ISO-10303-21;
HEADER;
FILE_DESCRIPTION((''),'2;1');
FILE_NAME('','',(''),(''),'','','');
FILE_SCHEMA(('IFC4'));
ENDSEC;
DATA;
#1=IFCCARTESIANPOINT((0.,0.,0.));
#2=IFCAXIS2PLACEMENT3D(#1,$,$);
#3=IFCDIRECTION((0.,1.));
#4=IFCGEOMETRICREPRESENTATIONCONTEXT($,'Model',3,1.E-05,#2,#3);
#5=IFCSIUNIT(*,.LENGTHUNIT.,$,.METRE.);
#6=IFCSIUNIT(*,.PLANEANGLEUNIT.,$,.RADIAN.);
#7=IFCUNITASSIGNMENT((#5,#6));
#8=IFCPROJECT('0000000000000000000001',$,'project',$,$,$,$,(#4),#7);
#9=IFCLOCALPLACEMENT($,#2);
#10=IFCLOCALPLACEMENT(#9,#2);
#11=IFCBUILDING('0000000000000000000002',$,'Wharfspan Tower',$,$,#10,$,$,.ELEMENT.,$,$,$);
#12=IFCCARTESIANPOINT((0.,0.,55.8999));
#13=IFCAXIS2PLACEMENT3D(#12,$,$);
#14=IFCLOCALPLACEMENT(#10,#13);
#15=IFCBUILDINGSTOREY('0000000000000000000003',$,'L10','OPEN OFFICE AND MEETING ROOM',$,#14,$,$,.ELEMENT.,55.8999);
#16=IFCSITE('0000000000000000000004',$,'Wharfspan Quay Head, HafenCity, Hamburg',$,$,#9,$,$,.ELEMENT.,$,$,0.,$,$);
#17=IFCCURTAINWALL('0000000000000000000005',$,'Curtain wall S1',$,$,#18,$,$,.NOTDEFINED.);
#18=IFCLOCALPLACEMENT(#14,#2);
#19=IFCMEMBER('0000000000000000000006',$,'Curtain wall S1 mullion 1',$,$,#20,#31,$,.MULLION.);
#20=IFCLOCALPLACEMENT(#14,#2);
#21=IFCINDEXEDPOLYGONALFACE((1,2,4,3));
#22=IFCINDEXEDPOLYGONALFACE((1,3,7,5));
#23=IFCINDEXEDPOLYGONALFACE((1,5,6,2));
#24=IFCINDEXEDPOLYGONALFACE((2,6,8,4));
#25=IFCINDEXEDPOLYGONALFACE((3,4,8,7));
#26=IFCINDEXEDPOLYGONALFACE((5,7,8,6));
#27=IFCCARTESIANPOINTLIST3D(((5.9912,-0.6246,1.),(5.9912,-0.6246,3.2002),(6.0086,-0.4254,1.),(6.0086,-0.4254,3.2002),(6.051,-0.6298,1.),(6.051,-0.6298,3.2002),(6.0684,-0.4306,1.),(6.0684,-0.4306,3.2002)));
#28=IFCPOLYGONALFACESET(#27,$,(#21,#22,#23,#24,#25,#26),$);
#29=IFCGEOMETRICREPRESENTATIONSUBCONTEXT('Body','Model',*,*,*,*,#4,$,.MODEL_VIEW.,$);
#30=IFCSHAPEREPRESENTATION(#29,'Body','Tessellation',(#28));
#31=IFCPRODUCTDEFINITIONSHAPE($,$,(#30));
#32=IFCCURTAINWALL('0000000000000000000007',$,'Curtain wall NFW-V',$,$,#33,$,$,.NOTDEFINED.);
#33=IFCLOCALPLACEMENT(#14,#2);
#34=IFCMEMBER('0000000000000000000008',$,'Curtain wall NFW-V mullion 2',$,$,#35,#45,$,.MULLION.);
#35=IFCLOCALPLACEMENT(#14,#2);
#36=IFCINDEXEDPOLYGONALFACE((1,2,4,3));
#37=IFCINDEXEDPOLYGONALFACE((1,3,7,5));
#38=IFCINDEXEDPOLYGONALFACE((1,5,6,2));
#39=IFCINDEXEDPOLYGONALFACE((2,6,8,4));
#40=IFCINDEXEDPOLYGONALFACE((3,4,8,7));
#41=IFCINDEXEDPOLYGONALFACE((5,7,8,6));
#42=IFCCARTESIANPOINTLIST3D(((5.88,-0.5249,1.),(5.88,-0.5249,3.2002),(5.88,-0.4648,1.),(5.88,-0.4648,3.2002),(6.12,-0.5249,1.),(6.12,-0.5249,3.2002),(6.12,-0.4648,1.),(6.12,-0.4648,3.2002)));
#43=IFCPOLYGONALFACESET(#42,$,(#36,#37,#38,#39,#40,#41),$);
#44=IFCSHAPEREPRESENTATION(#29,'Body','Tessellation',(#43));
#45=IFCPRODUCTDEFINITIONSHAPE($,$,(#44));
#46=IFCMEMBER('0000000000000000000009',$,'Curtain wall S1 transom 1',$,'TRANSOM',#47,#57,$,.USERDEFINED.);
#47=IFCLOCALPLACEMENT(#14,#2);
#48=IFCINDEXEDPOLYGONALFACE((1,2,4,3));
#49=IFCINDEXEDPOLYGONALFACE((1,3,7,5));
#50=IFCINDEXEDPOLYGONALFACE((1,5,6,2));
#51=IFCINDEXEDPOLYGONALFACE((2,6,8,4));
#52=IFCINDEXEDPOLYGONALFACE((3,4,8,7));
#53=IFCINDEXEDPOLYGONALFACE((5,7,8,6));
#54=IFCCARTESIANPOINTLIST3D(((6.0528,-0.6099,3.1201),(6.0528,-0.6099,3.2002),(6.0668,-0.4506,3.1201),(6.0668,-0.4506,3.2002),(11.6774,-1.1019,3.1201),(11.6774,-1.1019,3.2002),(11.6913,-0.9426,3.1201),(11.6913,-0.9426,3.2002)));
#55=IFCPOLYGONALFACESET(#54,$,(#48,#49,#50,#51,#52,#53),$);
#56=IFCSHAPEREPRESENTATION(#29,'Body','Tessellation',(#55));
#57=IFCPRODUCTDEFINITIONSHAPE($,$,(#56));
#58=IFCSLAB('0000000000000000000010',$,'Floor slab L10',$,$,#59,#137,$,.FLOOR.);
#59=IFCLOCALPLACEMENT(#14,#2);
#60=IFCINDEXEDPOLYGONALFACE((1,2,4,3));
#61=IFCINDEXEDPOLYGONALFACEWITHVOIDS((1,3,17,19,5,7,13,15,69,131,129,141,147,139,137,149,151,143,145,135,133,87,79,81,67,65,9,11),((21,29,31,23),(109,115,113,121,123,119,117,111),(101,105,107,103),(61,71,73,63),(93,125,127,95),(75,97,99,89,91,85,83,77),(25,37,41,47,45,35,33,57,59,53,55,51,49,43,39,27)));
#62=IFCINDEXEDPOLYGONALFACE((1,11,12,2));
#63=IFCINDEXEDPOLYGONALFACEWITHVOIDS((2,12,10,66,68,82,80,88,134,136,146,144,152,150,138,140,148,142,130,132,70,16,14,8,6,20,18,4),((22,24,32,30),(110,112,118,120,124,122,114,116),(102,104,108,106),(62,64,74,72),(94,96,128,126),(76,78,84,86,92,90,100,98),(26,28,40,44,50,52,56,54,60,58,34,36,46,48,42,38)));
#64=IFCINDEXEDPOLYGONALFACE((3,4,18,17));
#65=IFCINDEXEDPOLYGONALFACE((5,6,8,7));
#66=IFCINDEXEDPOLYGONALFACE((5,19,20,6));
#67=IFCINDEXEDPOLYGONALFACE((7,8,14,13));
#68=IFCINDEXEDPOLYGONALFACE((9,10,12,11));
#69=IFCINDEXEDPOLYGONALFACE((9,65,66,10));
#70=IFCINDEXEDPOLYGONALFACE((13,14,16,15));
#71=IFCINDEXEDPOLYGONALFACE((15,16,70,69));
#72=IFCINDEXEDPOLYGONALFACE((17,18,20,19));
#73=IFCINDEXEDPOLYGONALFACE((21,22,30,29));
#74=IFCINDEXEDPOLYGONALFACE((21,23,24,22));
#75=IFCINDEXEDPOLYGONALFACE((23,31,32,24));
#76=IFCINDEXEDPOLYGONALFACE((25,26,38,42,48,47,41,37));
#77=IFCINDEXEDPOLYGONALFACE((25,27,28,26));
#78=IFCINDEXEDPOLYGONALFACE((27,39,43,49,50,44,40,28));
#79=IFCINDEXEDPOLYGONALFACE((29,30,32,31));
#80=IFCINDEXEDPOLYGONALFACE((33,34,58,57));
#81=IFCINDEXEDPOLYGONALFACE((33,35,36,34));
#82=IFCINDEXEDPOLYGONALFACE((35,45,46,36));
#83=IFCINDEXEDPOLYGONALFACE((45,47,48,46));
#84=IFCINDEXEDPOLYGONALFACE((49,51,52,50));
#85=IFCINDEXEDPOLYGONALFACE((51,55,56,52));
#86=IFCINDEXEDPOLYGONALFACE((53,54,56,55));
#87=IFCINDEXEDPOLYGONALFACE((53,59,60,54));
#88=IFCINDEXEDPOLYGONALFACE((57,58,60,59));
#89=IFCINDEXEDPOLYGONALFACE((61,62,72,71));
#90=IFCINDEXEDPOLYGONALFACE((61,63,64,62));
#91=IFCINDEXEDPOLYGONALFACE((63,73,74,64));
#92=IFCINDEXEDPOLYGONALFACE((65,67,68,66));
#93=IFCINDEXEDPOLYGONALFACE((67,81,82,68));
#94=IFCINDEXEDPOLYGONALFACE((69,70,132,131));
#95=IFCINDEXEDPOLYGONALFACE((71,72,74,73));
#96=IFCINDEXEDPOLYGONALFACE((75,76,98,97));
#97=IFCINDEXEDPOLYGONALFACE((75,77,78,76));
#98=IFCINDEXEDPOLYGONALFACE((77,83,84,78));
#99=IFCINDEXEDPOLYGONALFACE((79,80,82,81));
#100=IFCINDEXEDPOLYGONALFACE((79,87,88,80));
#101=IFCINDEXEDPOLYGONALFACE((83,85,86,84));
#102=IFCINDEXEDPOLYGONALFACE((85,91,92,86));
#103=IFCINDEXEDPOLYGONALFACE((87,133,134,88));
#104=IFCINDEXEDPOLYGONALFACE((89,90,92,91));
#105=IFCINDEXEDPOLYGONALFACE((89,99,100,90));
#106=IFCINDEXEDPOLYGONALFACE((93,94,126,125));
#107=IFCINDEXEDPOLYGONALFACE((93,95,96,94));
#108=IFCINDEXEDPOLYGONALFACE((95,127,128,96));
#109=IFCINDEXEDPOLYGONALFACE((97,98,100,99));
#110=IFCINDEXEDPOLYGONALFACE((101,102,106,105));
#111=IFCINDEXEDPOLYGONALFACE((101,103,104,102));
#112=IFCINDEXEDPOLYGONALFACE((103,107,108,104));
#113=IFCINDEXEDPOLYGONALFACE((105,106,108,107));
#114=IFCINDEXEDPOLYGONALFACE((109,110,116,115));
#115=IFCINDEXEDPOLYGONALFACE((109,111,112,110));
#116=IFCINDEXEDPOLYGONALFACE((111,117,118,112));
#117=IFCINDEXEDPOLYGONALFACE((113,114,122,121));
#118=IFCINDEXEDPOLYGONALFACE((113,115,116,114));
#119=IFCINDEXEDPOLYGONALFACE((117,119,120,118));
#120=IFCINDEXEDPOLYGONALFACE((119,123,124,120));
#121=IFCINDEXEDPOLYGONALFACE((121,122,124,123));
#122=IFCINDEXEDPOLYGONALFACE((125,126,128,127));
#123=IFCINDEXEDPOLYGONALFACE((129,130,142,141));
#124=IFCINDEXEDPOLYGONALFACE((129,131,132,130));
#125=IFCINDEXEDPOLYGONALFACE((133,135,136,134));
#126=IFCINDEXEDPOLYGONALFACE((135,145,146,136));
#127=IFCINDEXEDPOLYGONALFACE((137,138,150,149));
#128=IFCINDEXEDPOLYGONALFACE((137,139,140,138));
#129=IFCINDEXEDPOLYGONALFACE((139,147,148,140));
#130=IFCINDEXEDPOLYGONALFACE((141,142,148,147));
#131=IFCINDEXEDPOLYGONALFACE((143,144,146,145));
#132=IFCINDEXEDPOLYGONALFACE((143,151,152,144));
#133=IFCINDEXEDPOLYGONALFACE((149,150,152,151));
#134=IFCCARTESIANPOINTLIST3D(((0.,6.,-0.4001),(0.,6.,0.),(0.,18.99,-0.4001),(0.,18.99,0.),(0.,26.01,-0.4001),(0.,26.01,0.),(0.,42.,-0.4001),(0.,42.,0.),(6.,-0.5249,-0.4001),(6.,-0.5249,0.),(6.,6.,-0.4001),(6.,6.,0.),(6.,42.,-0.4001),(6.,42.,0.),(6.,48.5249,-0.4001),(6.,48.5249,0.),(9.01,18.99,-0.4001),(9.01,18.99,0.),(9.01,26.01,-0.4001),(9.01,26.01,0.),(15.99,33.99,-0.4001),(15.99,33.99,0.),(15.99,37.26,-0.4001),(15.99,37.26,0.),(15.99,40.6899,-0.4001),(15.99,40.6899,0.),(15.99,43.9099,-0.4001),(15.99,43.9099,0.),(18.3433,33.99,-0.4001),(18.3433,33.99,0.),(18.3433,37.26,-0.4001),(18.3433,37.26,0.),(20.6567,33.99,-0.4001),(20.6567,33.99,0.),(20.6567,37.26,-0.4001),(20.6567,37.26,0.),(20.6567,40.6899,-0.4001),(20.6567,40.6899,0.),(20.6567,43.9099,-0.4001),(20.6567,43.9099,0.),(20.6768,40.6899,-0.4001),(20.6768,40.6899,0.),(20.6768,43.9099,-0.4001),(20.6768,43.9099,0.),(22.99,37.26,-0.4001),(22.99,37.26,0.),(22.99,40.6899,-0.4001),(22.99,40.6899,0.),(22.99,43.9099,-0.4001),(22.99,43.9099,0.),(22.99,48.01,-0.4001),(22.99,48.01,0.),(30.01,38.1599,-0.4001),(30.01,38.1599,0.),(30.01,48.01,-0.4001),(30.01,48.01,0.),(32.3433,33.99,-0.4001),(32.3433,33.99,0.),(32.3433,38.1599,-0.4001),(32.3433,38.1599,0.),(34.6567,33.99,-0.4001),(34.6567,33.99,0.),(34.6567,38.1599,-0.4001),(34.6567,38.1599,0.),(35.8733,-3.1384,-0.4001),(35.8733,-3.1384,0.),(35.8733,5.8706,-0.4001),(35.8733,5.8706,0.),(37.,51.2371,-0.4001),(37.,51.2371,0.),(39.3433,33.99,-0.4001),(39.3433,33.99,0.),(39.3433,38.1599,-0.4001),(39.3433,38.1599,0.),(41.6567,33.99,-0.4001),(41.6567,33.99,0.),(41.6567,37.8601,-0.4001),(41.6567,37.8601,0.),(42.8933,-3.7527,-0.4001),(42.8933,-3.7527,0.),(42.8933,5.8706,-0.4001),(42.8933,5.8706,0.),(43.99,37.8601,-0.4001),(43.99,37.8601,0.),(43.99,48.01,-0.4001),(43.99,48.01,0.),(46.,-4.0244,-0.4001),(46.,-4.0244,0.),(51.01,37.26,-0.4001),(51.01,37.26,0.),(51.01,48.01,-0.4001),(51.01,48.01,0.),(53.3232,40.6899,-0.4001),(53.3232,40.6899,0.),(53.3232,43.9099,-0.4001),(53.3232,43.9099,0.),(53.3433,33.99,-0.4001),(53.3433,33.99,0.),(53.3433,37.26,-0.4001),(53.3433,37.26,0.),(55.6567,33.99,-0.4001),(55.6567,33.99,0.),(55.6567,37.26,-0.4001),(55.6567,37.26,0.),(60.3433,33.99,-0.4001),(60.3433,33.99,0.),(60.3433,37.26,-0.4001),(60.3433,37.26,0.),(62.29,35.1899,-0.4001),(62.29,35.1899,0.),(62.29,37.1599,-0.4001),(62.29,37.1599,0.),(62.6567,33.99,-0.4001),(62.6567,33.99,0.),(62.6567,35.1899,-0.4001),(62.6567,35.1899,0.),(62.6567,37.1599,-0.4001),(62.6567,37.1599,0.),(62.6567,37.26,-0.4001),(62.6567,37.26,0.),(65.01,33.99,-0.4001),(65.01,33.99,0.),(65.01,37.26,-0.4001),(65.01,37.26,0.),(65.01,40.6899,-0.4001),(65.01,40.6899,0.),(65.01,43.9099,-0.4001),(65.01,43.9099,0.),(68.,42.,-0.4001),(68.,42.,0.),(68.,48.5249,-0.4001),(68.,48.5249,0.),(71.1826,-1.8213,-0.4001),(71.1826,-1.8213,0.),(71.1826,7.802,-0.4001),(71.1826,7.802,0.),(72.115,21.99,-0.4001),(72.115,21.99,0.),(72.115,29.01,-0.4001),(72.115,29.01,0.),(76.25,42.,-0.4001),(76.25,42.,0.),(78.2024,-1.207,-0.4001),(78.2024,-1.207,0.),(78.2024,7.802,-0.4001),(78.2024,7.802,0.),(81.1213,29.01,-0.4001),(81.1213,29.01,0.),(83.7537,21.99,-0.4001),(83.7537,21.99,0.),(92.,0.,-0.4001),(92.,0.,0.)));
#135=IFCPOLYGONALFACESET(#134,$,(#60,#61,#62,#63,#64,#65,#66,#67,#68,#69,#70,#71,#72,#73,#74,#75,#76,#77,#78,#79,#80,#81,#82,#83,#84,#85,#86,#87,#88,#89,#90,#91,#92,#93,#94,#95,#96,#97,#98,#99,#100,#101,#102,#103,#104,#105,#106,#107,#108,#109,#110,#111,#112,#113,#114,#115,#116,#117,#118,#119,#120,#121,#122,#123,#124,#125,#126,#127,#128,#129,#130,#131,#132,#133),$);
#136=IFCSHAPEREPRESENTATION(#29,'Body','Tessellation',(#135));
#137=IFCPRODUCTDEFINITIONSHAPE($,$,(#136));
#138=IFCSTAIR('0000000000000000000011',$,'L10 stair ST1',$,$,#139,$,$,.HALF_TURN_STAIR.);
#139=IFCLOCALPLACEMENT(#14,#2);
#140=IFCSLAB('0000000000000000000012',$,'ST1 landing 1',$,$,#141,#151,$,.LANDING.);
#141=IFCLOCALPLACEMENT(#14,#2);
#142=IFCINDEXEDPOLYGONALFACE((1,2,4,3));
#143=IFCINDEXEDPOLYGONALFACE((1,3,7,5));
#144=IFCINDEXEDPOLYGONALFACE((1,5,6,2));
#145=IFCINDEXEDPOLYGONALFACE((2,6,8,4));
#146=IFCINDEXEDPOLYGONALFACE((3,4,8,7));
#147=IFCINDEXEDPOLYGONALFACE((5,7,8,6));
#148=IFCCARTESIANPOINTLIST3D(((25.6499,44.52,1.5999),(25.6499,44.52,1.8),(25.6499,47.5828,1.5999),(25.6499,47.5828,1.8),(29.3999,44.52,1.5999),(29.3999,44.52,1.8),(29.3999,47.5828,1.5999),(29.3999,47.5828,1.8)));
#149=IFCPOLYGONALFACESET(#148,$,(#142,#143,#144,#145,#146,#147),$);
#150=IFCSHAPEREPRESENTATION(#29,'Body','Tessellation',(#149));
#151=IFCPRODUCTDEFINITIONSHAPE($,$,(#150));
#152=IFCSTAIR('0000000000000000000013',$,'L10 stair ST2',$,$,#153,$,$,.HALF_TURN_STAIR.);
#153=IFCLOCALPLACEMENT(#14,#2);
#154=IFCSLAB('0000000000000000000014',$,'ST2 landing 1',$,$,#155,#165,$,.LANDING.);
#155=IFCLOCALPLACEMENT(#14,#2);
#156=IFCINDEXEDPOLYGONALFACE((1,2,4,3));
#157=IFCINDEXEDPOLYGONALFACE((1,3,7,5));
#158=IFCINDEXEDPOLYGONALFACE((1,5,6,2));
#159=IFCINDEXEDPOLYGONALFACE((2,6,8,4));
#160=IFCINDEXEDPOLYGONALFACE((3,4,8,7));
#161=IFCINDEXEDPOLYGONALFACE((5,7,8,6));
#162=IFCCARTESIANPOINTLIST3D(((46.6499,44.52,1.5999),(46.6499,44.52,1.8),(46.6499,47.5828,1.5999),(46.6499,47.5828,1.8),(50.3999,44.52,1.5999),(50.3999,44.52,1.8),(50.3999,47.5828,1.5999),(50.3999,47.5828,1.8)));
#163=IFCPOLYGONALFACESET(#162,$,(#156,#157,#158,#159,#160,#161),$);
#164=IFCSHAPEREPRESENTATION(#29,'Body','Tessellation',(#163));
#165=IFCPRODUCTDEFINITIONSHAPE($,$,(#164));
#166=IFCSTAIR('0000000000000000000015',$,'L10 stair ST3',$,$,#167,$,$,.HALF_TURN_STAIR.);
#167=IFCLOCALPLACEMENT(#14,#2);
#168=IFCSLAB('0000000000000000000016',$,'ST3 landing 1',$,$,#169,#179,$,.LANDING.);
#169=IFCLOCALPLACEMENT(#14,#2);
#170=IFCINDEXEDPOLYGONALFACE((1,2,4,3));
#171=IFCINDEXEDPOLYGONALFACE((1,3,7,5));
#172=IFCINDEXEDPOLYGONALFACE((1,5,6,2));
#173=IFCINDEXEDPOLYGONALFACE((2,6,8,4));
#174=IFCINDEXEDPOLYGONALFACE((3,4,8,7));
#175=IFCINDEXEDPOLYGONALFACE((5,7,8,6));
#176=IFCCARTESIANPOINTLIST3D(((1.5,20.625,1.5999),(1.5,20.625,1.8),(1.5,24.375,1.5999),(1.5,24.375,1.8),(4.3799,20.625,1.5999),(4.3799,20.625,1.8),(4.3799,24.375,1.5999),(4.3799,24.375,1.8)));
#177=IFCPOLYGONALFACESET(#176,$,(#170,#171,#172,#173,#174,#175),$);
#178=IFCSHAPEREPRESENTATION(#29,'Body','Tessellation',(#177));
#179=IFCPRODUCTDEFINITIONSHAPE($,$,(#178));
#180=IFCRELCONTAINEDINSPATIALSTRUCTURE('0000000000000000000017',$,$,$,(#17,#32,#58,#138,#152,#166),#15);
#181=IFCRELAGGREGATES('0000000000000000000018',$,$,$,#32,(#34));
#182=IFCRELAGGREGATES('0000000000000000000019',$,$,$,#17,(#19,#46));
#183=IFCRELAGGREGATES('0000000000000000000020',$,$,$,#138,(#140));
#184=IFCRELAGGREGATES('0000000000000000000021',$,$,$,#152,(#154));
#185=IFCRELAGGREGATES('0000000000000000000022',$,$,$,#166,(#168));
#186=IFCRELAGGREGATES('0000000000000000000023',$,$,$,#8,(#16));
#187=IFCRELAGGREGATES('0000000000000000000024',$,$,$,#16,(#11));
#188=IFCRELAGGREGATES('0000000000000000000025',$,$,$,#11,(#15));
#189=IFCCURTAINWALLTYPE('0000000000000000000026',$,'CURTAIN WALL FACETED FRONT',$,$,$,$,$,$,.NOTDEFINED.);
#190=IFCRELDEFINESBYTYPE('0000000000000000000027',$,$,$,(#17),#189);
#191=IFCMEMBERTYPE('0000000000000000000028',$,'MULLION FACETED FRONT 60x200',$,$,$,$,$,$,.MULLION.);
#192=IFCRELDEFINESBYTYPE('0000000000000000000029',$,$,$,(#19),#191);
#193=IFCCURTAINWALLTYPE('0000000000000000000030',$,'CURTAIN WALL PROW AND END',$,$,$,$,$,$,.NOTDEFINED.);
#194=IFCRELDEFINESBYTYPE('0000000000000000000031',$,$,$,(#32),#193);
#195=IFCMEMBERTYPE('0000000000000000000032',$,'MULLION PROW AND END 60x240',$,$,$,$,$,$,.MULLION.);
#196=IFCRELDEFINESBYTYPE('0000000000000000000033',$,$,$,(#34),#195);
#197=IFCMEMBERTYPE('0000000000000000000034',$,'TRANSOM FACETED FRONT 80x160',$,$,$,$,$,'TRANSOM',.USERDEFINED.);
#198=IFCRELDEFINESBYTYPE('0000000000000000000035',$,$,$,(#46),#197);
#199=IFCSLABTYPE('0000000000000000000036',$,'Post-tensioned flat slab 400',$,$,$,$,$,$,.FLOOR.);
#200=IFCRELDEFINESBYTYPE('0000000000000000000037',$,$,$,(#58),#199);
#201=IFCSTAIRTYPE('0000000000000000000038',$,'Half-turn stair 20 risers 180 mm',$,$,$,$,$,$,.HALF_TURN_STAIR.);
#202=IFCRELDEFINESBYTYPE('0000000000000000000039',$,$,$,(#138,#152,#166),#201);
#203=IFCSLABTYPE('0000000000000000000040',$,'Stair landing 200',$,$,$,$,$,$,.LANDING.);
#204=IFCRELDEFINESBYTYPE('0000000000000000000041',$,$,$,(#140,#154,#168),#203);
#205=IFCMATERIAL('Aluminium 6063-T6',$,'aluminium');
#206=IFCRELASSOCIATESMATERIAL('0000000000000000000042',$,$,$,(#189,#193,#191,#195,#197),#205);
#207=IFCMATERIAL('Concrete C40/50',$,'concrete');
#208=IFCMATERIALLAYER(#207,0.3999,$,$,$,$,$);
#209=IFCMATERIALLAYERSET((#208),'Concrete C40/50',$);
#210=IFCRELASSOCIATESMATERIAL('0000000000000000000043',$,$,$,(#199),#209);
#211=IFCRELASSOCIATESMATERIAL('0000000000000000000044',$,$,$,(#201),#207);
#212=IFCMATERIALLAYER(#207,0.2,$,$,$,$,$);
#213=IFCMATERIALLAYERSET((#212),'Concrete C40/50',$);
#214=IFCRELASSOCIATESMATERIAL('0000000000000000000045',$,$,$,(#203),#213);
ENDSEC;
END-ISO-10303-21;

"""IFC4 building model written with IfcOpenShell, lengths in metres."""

from ifc_helpers import new_model, si_unit, direction, frame, origin, origin_2d, place, context, subcontext, project, spatial, polyline, rectangle, outline, extrude, material, layer, layer_set, material_profile, profile_set, type_object, element, aggregate, save


model = new_model("IFC4")

# Units and contexts
model_context = context("Model", 3, precision=1e-05, world=origin(), true_north=direction((0.0, 1.0)))
body_context = subcontext(model_context, "Body", "Model", "MODEL_VIEW")
ifc_project = project(units=[si_unit("LENGTHUNIT", "METRE"), si_unit("PLANEANGLEUNIT", "RADIAN")], contexts=[model_context])

# Site, building, storey
site_placement = place(None, origin())
site = spatial("IfcSite", under=ifc_project, at=site_placement, Name="Wharfspan Quay Head, HafenCity, Hamburg", CompositionType="ELEMENT", RefElevation=0.0)
building_placement = place(site_placement, origin())
building = spatial("IfcBuilding", under=site, at=building_placement, Name="Wharfspan Tower", CompositionType="ELEMENT")
storey_placement = place(building_placement, frame((0.0, 0.0, 55.8999)))
storey = spatial("IfcBuildingStorey", under=building, at=storey_placement, Name="L10", Description="OPEN OFFICE AND MEETING ROOM", CompositionType="ELEMENT", Elevation=55.8999)

# Curtain walls, members
ifc_material_1 = material(Name="Aluminium 6063-T6", Category="aluminium")
curtain_wall_type_1 = type_object("IfcCurtainWallType", Name="CURTAIN WALL FACETED FRONT", PredefinedType="NOTDEFINED", material=ifc_material_1)
curtain_wall_1_placement = place(storey_placement, origin())
curtain_wall_1 = element("IfcCurtainWall", 1, at=curtain_wall_1_placement, inside=storey, type_object=curtain_wall_type_1, Name="Curtain wall S1", PredefinedType="NOTDEFINED")
ifc_material_profile_1 = material_profile(ifc_material_1, rectangle(XDim=0.2, YDim=0.0601, at=origin_2d()))
ifc_profile_set_1 = profile_set([ifc_material_profile_1], Name="Aluminium 6063-T6")
member_type_1 = type_object("IfcMemberType", Name="MULLION FACETED FRONT 60x200", PredefinedType="MULLION", material=ifc_profile_set_1)
member_1_placement = place(storey_placement, frame((6.0298, -0.5276, 1.0), z_axis=(0.0, 0.0, 1.0), x_axis=(0.087156, 0.996197, 0.0)))
member_1 = element("IfcMember", 2, at=member_1_placement, type_object=member_type_1, Name="Curtain wall S1 mullion 1", PredefinedType="MULLION", context=body_context, shape_type="SweptSolid", body=[
    extrude(rectangle(XDim=0.2, YDim=0.0601, at=origin_2d()), origin(), (0.0, 0.0, 1.0), 2.2002),
])
curtain_wall_type_2 = type_object("IfcCurtainWallType", Name="CURTAIN WALL PROW AND END", PredefinedType="NOTDEFINED", material=ifc_material_1)
curtain_wall_2_placement = place(storey_placement, origin())
curtain_wall_2 = element("IfcCurtainWall", 3, at=curtain_wall_2_placement, inside=storey, type_object=curtain_wall_type_2, Name="Curtain wall NFW-V", PredefinedType="NOTDEFINED")
ifc_material_profile_2 = material_profile(ifc_material_1, rectangle(XDim=0.24, YDim=0.0601, at=origin_2d()))
ifc_profile_set_2 = profile_set([ifc_material_profile_2], Name="Aluminium 6063-T6")
member_type_2 = type_object("IfcMemberType", Name="MULLION PROW AND END 60x240", PredefinedType="MULLION", material=ifc_profile_set_2)
member_2_placement = place(storey_placement, frame((6.0, -0.4949, 1.0), z_axis=(0.0, 0.0, 1.0), x_axis=(1.0, 0.0, 0.0)))
member_2 = element("IfcMember", 4, at=member_2_placement, type_object=member_type_2, Name="Curtain wall NFW-V mullion 2", PredefinedType="MULLION", context=body_context, shape_type="SweptSolid", body=[
    extrude(rectangle(XDim=0.24, YDim=0.0601, at=origin_2d()), origin(), (0.0, 0.0, 1.0), 2.2002),
])
aggregate(curtain_wall_2, [member_2])

# Member
ifc_material_profile_3 = material_profile(ifc_material_1, rectangle(XDim=0.1599, YDim=0.0801, at=origin_2d()))
ifc_profile_set_3 = profile_set([ifc_material_profile_3], Name="Aluminium 6063-T6")
member_type_3 = type_object("IfcMemberType", Name="TRANSOM FACETED FRONT 80x160", ElementType="TRANSOM", PredefinedType="USERDEFINED", material=ifc_profile_set_3)
member_3_placement = place(storey_placement, frame((6.0598, -0.5303, 3.1602), z_axis=(0.996197, -0.087132, 0.0), x_axis=(0.087132, 0.996197, 0.0)))
member_3 = element("IfcMember", 5, at=member_3_placement, type_object=member_type_3, Name="Curtain wall S1 transom 1", ObjectType="TRANSOM", PredefinedType="USERDEFINED", context=body_context, shape_type="SweptSolid", body=[
    extrude(rectangle(XDim=0.1599, YDim=0.0801, at=origin_2d()), origin(), (0.0, 0.0, 1.0), 5.646),
])
aggregate(curtain_wall_1, [member_1, member_3])

# Slab
ifc_material_2 = material(Name="Concrete C40/50", Category="concrete")
ifc_layer_1 = layer(ifc_material_2, 0.3999)
ifc_layer_set_1 = layer_set([ifc_layer_1], Name="Concrete C40/50")
slab_type_1 = type_object("IfcSlabType", Name="Post-tensioned flat slab 400", PredefinedType="FLOOR", material=ifc_layer_set_1)
slab_1_placement = place(storey_placement, frame((0.0, 0.0, -0.4001)))
element("IfcSlab", 6, at=slab_1_placement, inside=storey, type_object=slab_type_1, Name="Floor slab L10", PredefinedType="FLOOR", context=body_context, shape_type="SweptSolid", body=[
    extrude(outline(polyline([(35.8733, -3.1384), (35.8733, 5.8706), (42.8933, 5.8706), (42.8933, -3.7527), (46.0, -4.0244), (71.1826, -1.8213), (71.1826, 7.802), (78.2024, 7.802), (78.2024, -1.207), (92.0, 0.0), (83.7537, 21.99), (72.115, 21.99), (72.115, 29.01), (81.1213, 29.01), (76.25, 42.0), (68.0, 42.0), (68.0, 48.5249), (37.0, 51.2371), (6.0, 48.5249), (6.0, 42.0), (0.0, 42.0), (0.0, 26.01), (9.01, 26.01), (9.01, 18.99), (0.0, 18.99), (0.0, 6.0), (6.0, 6.0), (6.0, -0.5249), (35.8733, -3.1384)]), holes=[polyline([(62.29, 37.1599), (62.6567, 37.1599), (62.6567, 37.26), (65.01, 37.26), (65.01, 33.99), (62.6567, 33.99), (62.6567, 35.1899), (62.29, 35.1899), (62.29, 37.1599)]), polyline([(65.01, 43.9099), (65.01, 40.6899), (53.3232, 40.6899), (53.3232, 43.9099), (65.01, 43.9099)]), polyline([(55.6567, 33.99), (55.6567, 37.26), (60.3433, 37.26), (60.3433, 33.99), (55.6567, 33.99)]), polyline([(43.99, 37.8601), (43.99, 48.01), (51.01, 48.01), (51.01, 37.26), (53.3433, 37.26), (53.3433, 33.99), (41.6567, 33.99), (41.6567, 37.8601), (43.99, 37.8601)]), polyline([(34.6567, 33.99), (34.6567, 38.1599), (39.3433, 38.1599), (39.3433, 33.99), (34.6567, 33.99)]), polyline([(15.99, 40.6899), (15.99, 43.9099), (20.6567, 43.9099), (20.6768, 43.9099), (22.99, 43.9099), (22.99, 48.01), (30.01, 48.01), (30.01, 38.1599), (32.3433, 38.1599), (32.3433, 33.99), (20.6567, 33.99), (20.6567, 37.26), (22.99, 37.26), (22.99, 40.6899), (20.6768, 40.6899), (20.6567, 40.6899), (15.99, 40.6899)]), polyline([(18.3433, 37.26), (18.3433, 33.99), (15.99, 33.99), (15.99, 37.26), (18.3433, 37.26)])]), origin(), (0.0, 0.0, 1.0), 0.4001),
])

# Stairs, slabs
stair_type = type_object("IfcStairType", Name="Half-turn stair 20 risers 180 mm", PredefinedType="HALF_TURN_STAIR", material=ifc_material_2)
stair_1_placement = place(storey_placement, origin())
stair_1 = element("IfcStair", 7, at=stair_1_placement, inside=storey, type_object=stair_type, Name="L10 stair ST1", PredefinedType="HALF_TURN_STAIR")
ifc_layer_2 = layer(ifc_material_2, 0.2)
ifc_layer_set_2 = layer_set([ifc_layer_2], Name="Concrete C40/50")
slab_type_2 = type_object("IfcSlabType", Name="Stair landing 200", PredefinedType="LANDING", material=ifc_layer_set_2)
slab_2_placement = place(storey_placement, frame((0.0, 0.0, 1.5999)))
slab_2 = element("IfcSlab", 8, at=slab_2_placement, type_object=slab_type_2, Name="ST1 landing 1", PredefinedType="LANDING", context=body_context, shape_type="SweptSolid", body=[
    extrude(outline(polyline([(25.6499, 44.52), (29.3999, 44.52), (29.3999, 47.5828), (25.6499, 47.5828), (25.6499, 44.52)])), origin(), (0.0, 0.0, 1.0), 0.2002),
])
aggregate(stair_1, [slab_2])
stair_2_placement = place(storey_placement, origin())
stair_2 = element("IfcStair", 9, at=stair_2_placement, inside=storey, type_object=stair_type, Name="L10 stair ST2", PredefinedType="HALF_TURN_STAIR")
slab_3_placement = place(storey_placement, frame((0.0, 0.0, 1.5999)))
slab_3 = element("IfcSlab", 10, at=slab_3_placement, type_object=slab_type_2, Name="ST2 landing 1", PredefinedType="LANDING", context=body_context, shape_type="SweptSolid", body=[
    extrude(outline(polyline([(46.6499, 44.52), (50.3999, 44.52), (50.3999, 47.5828), (46.6499, 47.5828), (46.6499, 44.52)])), origin(), (0.0, 0.0, 1.0), 0.2002),
])
aggregate(stair_2, [slab_3])
stair_3_placement = place(storey_placement, origin())
stair_3 = element("IfcStair", 11, at=stair_3_placement, inside=storey, type_object=stair_type, Name="L10 stair ST3", PredefinedType="HALF_TURN_STAIR")
slab_4_placement = place(storey_placement, frame((0.0, 0.0, 1.5999)))
slab_4 = element("IfcSlab", 12, at=slab_4_placement, type_object=slab_type_2, Name="ST3 landing 1", PredefinedType="LANDING", context=body_context, shape_type="SweptSolid", body=[
    extrude(outline(polyline([(4.3799, 24.375), (1.5, 24.375), (1.5, 20.625), (4.3799, 20.625), (4.3799, 24.375)])), origin(), (0.0, 0.0, 1.0), 0.2002),
])
aggregate(stair_3, [slab_4])

save(model, "model.ifc")
